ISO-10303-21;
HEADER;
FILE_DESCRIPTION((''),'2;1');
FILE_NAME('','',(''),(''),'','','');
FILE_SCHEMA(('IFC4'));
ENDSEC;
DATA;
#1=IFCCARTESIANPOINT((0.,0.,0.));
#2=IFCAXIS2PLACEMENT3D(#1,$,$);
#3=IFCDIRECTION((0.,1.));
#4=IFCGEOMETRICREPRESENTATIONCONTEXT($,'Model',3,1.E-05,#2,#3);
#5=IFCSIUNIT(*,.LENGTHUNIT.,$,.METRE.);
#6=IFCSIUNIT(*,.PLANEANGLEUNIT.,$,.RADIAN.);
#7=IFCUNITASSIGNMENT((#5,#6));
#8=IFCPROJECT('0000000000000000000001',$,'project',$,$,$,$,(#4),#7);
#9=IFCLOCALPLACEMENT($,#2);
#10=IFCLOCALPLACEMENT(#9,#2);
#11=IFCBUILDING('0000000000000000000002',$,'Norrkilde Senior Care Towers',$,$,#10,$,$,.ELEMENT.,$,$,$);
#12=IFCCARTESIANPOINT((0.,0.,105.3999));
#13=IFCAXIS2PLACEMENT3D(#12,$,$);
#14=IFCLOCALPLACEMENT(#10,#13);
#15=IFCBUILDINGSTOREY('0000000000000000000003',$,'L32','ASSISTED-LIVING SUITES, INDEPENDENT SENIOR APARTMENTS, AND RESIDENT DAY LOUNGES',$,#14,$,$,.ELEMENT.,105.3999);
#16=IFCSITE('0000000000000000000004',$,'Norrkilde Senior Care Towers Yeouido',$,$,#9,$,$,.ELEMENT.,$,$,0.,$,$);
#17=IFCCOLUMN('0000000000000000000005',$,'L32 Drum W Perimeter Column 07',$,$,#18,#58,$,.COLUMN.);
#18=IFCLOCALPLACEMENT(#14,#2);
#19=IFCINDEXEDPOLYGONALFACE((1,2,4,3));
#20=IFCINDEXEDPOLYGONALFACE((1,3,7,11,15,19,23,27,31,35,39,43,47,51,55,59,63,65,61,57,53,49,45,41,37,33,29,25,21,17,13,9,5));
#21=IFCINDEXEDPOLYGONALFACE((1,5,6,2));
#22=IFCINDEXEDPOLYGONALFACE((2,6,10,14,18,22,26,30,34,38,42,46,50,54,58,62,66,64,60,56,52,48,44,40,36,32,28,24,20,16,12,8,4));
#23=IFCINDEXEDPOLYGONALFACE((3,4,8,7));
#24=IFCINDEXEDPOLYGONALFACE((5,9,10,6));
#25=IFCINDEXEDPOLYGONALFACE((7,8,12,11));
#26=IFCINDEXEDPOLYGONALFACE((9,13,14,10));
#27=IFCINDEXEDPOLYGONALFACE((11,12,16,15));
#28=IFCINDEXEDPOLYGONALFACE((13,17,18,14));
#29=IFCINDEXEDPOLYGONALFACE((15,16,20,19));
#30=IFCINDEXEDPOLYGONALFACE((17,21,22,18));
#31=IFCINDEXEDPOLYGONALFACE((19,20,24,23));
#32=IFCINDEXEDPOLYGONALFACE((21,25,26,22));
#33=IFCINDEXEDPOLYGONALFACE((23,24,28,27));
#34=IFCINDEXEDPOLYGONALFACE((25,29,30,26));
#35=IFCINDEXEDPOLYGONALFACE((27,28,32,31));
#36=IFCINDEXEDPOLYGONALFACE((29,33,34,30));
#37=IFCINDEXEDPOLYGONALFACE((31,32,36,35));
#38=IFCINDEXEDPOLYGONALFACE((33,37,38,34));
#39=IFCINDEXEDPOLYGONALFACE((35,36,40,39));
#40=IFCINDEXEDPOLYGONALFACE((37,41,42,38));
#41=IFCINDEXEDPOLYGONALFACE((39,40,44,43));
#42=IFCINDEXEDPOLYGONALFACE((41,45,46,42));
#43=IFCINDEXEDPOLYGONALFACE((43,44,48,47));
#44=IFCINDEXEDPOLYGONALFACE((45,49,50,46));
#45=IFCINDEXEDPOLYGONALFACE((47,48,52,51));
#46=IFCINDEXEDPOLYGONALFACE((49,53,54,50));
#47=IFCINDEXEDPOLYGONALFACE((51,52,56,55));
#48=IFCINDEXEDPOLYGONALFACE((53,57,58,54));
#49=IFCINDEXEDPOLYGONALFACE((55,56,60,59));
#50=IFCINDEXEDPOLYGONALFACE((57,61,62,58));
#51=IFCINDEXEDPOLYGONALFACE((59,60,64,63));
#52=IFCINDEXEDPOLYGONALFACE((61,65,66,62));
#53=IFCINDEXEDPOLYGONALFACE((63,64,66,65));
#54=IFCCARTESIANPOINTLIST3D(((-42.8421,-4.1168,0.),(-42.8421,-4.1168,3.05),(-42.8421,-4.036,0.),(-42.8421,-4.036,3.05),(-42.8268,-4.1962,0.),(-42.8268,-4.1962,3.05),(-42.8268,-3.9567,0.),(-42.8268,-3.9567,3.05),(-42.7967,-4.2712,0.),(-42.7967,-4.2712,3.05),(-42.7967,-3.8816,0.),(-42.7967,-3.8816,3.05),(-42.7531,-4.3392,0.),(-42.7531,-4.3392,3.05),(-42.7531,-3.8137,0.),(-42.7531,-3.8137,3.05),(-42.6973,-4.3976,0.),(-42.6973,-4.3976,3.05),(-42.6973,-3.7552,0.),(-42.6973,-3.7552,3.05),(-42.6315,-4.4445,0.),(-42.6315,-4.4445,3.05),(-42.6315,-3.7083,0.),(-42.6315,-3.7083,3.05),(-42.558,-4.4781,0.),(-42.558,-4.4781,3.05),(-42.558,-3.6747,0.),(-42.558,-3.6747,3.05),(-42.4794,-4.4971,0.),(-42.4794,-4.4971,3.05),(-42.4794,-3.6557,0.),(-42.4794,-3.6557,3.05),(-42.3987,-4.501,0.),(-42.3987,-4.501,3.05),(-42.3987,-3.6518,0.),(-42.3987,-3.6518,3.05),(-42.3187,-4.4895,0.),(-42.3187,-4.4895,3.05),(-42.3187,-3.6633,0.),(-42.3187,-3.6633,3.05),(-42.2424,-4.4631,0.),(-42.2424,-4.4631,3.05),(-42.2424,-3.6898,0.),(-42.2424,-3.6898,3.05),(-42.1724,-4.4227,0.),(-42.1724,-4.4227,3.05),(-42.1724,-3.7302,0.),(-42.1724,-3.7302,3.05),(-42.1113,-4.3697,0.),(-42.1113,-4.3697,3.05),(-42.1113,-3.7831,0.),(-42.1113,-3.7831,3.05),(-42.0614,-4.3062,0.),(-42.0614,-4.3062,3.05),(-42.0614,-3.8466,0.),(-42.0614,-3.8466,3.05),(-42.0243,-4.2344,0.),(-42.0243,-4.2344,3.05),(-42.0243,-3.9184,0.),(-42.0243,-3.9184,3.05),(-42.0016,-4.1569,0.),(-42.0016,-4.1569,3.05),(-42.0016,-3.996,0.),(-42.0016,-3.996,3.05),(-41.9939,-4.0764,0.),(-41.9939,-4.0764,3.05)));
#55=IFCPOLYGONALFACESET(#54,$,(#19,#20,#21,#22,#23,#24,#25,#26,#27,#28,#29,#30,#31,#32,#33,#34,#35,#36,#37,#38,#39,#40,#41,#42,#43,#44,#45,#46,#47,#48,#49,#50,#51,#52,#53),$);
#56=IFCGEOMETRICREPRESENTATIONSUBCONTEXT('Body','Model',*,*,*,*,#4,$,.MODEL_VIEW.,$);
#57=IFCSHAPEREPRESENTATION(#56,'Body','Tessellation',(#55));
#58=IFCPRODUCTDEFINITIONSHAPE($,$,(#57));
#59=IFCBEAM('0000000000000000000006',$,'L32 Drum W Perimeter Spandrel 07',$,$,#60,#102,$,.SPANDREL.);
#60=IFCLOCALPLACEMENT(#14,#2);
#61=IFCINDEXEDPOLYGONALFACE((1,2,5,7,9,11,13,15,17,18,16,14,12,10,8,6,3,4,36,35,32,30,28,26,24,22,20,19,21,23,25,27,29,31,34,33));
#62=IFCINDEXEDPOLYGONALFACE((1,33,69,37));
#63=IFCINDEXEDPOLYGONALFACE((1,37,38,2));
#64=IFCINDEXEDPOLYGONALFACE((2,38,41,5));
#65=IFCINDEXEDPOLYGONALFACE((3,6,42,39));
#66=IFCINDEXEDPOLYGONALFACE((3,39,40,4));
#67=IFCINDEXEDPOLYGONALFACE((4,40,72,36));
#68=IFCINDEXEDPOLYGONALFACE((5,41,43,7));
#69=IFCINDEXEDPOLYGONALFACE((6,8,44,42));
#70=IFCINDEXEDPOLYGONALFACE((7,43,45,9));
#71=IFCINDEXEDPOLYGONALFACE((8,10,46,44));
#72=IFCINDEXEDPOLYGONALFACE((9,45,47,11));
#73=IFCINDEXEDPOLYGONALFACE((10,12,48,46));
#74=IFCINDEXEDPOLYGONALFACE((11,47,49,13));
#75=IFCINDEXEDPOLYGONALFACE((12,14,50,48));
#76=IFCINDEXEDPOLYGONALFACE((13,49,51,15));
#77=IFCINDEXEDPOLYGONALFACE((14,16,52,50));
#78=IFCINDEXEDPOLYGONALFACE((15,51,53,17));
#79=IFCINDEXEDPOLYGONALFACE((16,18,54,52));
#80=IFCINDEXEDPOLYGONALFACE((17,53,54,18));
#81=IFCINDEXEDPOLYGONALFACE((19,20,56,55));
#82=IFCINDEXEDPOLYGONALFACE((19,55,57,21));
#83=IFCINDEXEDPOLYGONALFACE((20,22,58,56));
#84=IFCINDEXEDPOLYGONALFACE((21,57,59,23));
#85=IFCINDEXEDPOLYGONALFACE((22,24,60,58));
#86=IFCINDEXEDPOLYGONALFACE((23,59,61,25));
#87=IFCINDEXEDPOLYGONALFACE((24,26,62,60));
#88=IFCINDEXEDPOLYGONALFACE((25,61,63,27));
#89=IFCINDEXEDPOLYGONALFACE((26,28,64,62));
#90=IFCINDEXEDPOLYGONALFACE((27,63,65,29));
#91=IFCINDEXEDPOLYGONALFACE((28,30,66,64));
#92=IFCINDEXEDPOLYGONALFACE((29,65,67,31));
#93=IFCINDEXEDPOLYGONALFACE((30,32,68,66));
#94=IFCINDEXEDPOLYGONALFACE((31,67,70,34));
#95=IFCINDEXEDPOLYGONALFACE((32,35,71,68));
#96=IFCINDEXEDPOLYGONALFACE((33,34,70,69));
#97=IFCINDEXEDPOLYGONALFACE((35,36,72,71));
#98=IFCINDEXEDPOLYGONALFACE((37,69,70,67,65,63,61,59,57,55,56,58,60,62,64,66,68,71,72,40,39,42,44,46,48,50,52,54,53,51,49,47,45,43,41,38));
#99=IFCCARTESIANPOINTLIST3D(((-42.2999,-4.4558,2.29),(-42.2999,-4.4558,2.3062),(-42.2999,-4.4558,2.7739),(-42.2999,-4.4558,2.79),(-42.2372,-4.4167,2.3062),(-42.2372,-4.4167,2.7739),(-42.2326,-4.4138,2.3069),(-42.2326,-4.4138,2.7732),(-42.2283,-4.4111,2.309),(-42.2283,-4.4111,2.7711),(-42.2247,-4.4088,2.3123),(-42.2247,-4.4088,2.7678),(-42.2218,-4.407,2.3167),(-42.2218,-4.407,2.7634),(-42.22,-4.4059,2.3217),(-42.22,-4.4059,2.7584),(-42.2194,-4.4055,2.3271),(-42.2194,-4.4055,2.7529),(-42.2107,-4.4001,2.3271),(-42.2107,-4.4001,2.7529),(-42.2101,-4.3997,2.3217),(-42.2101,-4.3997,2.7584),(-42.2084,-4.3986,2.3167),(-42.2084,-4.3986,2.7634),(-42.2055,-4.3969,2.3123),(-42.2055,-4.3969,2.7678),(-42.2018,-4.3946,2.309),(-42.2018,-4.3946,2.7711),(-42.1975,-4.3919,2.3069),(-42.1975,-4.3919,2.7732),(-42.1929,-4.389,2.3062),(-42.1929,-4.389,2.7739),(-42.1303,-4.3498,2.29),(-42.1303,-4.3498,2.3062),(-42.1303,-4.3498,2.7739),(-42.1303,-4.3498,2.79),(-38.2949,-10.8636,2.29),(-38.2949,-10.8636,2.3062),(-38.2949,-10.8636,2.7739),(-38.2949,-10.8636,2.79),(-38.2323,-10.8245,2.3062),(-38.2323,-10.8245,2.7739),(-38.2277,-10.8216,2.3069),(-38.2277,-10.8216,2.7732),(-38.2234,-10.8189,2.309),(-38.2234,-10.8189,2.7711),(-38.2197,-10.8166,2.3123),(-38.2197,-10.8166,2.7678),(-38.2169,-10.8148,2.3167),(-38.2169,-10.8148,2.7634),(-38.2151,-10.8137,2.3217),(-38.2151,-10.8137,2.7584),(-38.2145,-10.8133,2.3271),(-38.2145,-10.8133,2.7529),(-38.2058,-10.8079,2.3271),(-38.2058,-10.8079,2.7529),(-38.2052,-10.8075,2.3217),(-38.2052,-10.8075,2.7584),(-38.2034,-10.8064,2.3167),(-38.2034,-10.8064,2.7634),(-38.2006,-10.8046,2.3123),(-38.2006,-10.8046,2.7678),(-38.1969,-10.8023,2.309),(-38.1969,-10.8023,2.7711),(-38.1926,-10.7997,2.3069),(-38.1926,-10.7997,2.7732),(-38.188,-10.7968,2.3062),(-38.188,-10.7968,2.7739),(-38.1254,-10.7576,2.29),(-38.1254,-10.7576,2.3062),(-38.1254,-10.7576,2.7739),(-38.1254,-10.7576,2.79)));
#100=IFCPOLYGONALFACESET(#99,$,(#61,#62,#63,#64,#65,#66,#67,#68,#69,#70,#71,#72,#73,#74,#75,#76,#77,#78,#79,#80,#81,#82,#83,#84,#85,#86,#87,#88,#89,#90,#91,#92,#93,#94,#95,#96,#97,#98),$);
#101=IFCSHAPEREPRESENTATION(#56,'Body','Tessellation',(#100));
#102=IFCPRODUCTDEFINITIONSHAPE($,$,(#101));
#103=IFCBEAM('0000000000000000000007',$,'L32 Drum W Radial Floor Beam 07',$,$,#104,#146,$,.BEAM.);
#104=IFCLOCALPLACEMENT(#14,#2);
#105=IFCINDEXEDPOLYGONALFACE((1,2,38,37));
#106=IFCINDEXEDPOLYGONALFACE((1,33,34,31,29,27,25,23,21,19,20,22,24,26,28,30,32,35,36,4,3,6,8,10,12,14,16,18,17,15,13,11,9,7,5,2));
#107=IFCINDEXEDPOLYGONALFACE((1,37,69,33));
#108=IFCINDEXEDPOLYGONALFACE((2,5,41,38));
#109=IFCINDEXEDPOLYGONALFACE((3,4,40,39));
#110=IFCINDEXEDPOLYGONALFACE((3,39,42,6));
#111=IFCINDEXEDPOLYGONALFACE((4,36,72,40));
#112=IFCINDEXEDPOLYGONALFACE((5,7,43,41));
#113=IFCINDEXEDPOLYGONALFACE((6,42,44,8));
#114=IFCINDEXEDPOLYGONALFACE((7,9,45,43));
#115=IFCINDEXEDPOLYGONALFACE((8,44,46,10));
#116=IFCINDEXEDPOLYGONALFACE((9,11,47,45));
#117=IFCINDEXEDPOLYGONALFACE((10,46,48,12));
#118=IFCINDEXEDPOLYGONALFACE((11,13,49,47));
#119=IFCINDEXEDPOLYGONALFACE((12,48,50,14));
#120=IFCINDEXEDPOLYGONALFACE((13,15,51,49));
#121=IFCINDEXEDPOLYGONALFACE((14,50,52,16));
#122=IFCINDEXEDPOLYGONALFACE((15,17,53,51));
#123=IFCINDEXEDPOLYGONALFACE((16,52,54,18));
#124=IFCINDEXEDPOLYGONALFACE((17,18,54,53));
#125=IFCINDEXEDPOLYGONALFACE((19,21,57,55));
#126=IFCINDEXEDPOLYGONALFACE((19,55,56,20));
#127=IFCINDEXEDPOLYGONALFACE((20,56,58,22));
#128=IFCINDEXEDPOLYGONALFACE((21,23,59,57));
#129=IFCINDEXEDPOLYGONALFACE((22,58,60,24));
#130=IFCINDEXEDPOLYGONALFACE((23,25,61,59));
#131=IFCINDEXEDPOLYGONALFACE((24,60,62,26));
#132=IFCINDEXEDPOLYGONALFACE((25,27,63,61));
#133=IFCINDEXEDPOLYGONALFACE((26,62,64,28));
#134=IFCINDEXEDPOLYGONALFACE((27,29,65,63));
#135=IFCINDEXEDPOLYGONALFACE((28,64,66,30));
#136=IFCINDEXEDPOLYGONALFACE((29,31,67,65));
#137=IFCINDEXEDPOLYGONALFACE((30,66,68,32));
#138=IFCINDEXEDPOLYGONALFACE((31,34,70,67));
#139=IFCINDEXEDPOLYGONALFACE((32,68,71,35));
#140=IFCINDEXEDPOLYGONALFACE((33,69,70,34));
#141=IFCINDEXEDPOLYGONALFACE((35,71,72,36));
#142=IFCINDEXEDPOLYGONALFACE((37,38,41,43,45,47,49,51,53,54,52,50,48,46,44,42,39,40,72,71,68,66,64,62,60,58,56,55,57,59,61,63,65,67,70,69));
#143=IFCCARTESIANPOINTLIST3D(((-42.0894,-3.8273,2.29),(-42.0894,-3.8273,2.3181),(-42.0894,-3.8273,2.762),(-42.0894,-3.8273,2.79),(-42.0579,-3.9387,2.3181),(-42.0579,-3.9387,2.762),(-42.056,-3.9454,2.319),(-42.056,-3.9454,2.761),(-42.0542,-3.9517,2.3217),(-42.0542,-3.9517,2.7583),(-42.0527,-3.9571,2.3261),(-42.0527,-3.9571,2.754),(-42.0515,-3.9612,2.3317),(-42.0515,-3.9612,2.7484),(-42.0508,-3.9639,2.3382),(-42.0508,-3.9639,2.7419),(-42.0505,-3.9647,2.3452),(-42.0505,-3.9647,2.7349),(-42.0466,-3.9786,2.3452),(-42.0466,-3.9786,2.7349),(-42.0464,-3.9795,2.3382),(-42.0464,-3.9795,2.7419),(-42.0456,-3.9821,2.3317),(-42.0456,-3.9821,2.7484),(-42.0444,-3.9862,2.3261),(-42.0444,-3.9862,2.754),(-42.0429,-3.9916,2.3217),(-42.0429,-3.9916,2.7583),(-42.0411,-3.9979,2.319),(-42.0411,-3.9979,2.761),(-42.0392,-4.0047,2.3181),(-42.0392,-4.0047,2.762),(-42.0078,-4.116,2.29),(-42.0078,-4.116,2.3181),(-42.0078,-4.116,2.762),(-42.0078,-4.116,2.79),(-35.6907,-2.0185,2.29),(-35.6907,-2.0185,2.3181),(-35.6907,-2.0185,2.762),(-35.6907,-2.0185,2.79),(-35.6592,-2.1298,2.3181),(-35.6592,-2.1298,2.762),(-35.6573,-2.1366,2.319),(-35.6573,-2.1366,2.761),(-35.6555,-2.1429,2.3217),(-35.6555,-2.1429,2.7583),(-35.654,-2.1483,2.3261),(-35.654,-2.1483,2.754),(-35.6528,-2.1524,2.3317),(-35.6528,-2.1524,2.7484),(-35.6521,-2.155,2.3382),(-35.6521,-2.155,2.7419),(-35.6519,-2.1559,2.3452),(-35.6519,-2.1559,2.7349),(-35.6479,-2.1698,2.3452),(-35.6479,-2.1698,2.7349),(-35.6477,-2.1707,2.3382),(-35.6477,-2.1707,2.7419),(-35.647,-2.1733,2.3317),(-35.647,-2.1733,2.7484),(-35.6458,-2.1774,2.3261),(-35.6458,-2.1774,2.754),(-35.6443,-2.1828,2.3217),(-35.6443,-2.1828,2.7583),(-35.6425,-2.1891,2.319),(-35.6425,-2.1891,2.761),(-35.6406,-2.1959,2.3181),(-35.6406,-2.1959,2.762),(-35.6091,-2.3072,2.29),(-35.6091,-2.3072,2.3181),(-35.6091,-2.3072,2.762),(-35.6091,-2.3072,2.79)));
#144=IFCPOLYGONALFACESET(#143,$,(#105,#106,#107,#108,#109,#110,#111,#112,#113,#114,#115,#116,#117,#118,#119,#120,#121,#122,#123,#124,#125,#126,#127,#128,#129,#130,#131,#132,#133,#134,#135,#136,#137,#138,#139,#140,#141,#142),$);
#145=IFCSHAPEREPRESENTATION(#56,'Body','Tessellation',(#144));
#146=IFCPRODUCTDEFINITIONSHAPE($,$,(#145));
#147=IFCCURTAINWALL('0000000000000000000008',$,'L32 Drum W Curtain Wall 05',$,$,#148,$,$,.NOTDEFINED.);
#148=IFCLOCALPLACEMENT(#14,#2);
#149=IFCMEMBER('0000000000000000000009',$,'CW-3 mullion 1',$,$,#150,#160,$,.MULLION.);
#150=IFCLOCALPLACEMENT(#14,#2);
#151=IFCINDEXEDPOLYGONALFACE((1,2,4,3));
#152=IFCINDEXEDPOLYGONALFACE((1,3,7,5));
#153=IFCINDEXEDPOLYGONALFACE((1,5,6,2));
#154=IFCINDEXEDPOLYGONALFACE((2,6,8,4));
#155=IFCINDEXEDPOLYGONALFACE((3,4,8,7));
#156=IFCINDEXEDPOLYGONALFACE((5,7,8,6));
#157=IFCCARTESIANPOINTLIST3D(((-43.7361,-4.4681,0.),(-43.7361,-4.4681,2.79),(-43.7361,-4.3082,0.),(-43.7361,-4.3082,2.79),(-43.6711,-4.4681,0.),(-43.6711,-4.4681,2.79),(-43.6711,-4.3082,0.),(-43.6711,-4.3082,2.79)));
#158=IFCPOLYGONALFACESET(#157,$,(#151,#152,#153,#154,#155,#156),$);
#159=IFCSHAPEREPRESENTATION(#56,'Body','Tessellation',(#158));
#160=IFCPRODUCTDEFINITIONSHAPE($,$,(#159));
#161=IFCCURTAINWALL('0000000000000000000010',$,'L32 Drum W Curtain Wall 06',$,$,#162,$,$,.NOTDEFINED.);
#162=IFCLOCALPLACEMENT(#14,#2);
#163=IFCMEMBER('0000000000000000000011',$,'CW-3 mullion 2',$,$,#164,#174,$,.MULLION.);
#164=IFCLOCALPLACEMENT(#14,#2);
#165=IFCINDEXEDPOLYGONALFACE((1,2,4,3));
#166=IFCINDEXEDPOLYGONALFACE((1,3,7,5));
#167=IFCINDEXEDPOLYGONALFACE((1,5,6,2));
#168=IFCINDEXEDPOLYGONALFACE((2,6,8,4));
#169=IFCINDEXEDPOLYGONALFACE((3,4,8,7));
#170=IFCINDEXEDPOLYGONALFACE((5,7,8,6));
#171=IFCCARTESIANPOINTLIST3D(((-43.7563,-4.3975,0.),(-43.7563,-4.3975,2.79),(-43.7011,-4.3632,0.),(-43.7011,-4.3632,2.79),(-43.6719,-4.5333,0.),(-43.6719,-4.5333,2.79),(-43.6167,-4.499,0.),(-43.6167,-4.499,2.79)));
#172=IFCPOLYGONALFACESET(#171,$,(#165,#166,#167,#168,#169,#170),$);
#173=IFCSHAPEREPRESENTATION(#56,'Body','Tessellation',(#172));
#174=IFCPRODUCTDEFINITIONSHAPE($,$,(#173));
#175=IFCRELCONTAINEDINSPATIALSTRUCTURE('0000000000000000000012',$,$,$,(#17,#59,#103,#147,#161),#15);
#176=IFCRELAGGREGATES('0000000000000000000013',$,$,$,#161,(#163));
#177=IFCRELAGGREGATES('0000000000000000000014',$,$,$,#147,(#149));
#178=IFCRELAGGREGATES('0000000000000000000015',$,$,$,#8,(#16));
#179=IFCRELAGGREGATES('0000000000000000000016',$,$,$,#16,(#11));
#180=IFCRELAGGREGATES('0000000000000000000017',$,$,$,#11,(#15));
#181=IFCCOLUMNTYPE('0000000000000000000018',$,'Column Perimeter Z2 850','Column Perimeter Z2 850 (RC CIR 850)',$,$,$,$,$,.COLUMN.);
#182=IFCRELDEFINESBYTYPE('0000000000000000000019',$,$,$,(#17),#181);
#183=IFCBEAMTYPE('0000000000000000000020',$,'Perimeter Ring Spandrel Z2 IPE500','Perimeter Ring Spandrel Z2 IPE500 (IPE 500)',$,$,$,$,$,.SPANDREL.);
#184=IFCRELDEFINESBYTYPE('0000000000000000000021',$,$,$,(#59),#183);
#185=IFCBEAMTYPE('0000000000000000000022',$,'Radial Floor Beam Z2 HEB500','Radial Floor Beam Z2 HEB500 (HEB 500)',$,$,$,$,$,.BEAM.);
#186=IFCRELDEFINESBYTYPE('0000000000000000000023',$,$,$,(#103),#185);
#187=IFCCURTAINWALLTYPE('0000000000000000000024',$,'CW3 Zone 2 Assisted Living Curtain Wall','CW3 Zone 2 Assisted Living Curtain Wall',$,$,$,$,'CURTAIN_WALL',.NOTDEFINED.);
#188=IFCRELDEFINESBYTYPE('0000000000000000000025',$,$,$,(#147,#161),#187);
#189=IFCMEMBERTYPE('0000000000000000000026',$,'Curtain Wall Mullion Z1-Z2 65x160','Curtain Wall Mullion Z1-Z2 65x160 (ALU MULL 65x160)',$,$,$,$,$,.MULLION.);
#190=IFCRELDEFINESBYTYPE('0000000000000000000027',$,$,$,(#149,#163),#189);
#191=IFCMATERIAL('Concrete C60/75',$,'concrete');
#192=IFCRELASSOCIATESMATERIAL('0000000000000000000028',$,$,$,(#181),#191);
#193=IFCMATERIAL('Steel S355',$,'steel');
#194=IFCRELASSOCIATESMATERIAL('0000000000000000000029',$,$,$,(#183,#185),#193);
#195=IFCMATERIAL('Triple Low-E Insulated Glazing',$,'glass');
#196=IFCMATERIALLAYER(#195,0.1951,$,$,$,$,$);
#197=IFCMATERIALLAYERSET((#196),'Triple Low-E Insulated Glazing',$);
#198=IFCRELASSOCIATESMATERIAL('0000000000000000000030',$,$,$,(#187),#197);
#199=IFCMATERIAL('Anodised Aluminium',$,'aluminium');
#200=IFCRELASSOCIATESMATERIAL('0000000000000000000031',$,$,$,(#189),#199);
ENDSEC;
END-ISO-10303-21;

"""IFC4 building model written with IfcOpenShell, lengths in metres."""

from ifc_helpers import new_model, si_unit, direction, frame, origin, origin_2d, place, context, subcontext, project, spatial, rectangle, circle, i_section, extrude, source, transform, mapped, material, layer, layer_set, material_profile, profile_set, type_object, type_shapes, element, aggregate, save


model = new_model("IFC4")

# Units and contexts
model_context = context("Model", 3, precision=1e-05, world=origin(), true_north=direction((0.0, 1.0)))
body_context = subcontext(model_context, "Body", "Model", "MODEL_VIEW")
ifc_project = project(units=[si_unit("LENGTHUNIT", "METRE"), si_unit("PLANEANGLEUNIT", "RADIAN")], contexts=[model_context])

# Site, building, storey
site_placement = place(None, origin())
site = spatial("IfcSite", under=ifc_project, at=site_placement, Name="Norrkilde Senior Care Towers Yeouido", CompositionType="ELEMENT", RefElevation=0.0)
building_placement = place(site_placement, origin())
building = spatial("IfcBuilding", under=site, at=building_placement, Name="Norrkilde Senior Care Towers", CompositionType="ELEMENT")
storey_placement = place(building_placement, frame((0.0, 0.0, 105.3999)))
storey = spatial("IfcBuildingStorey", under=building, at=storey_placement, Name="L32", Description="ASSISTED-LIVING SUITES, INDEPENDENT SENIOR APARTMENTS, AND RESIDENT DAY LOUNGES", CompositionType="ELEMENT", Elevation=105.3999)

# Column
ifc_material_1 = material(Name="Concrete C60/75", Category="concrete")
ifc_material_profile_1 = material_profile(ifc_material_1, circle(Radius=0.425, at=origin_2d()), Name="RC CIR 850")
ifc_profile_set_1 = profile_set([ifc_material_profile_1], Name="Concrete C60/75")
column_type = type_object("IfcColumnType", Name="Column Perimeter Z2 850", Description="Column Perimeter Z2 850 (RC CIR 850)", PredefinedType="COLUMN", material=ifc_profile_set_1)
shared_shape_1 = source(origin(), body_context, "Body", "SweptSolid", [
    extrude(circle(Radius=0.425, at=origin_2d()), origin(), (0.0, 0.0, 1.0), 3.05),
])
type_shapes(column_type, [shared_shape_1])
column_placement = place(storey_placement, frame((-42.4189, -4.0764, 0.0), z_axis=(0.0, 0.0, 1.0), x_axis=(1.0, 0.0, 0.0)))
element("IfcColumn", 1, at=column_placement, inside=storey, type_object=column_type, Name="L32 Drum W Perimeter Column 07", PredefinedType="COLUMN", context=body_context, shape_type="MappedRepresentation", body=[
    mapped(shared_shape_1, transform((0.0, 0.0, 0.0), x_axis=(1.0, 0.0, 0.0), y_axis=(0.0, 1.0, 0.0), z_axis=(0.0, 0.0, 1.0), scale=1.0)),
])

# Beams
ifc_material_2 = material(Name="Steel S355", Category="steel")
ifc_material_profile_2 = material_profile(ifc_material_2, i_section(OverallWidth=0.2, OverallDepth=0.5, WebThickness=0.0103, FlangeThickness=0.0161, FilletRadius=0.021, at=origin_2d()), Name="IPE 500")
ifc_profile_set_2 = profile_set([ifc_material_profile_2], Name="Steel S355")
beam_type_1 = type_object("IfcBeamType", Name="Perimeter Ring Spandrel Z2 IPE500", Description="Perimeter Ring Spandrel Z2 IPE500 (IPE 500)", PredefinedType="SPANDREL", material=ifc_profile_set_2)
shared_shape_2 = source(origin(), body_context, "Body", "SweptSolid", [
    extrude(i_section(OverallWidth=0.2, OverallDepth=0.5, WebThickness=0.0103, FlangeThickness=0.0161, FilletRadius=0.021, at=origin_2d()), origin(), (0.0, 0.0, 1.0), 7.5564),
])
type_shapes(beam_type_1, [shared_shape_2])
beam_1_placement = place(storey_placement, frame((-42.2151, -4.4028, 2.54), z_axis=(0.530005, -0.847995, 0.0), x_axis=(0.847995, 0.530005, 0.0)))
element("IfcBeam", 2, at=beam_1_placement, inside=storey, type_object=beam_type_1, Name="L32 Drum W Perimeter Spandrel 07", PredefinedType="SPANDREL", context=body_context, shape_type="MappedRepresentation", body=[
    mapped(shared_shape_2, transform((0.0, 0.0, 0.0), x_axis=(1.0, 0.0, 0.0), y_axis=(0.0, 1.0, 0.0), z_axis=(0.0, 0.0, 1.0), scale=1.0)),
])
ifc_material_profile_3 = material_profile(ifc_material_2, i_section(OverallWidth=0.3, OverallDepth=0.5, WebThickness=0.0144, FlangeThickness=0.0281, FilletRadius=0.0271, at=origin_2d()), Name="HEB 500")
ifc_profile_set_3 = profile_set([ifc_material_profile_3], Name="Steel S355")
beam_type_2 = type_object("IfcBeamType", Name="Radial Floor Beam Z2 HEB500", Description="Radial Floor Beam Z2 HEB500 (HEB 500)", PredefinedType="BEAM", material=ifc_profile_set_3)
shared_shape_3 = source(origin(), body_context, "Body", "SweptSolid", [
    extrude(i_section(OverallWidth=0.3, OverallDepth=0.5, WebThickness=0.0144, FlangeThickness=0.0281, FilletRadius=0.0271, at=origin_2d()), origin(), (0.0, 0.0, 1.0), 6.6494),
])
type_shapes(beam_type_2, [shared_shape_3])
beam_2_placement = place(storey_placement, frame((-35.6499, -2.1628, 2.54), z_axis=(-0.962289, -0.272029, 0.0), x_axis=(0.272029, -0.962289, 0.0)))
element("IfcBeam", 3, at=beam_2_placement, inside=storey, type_object=beam_type_2, Name="L32 Drum W Radial Floor Beam 07", PredefinedType="BEAM", context=body_context, shape_type="MappedRepresentation", body=[
    mapped(shared_shape_3, transform((0.0, 0.0, 0.0), x_axis=(1.0, 0.0, 0.0), y_axis=(0.0, 1.0, 0.0), z_axis=(0.0, 0.0, 1.0), scale=1.0)),
])

# Curtain walls, members
ifc_material_3 = material(Name="Triple Low-E Insulated Glazing", Category="glass")
ifc_layer_1 = layer(ifc_material_3, 0.1951)
ifc_layer_set_1 = layer_set([ifc_layer_1], Name="Triple Low-E Insulated Glazing")
curtain_wall_type = type_object("IfcCurtainWallType", Name="CW3 Zone 2 Assisted Living Curtain Wall", Description="CW3 Zone 2 Assisted Living Curtain Wall", ElementType="CURTAIN_WALL", PredefinedType="NOTDEFINED", material=ifc_layer_set_1)
curtain_wall_1_placement = place(storey_placement, origin())
curtain_wall_1 = element("IfcCurtainWall", 4, at=curtain_wall_1_placement, inside=storey, type_object=curtain_wall_type, Name="L32 Drum W Curtain Wall 05", PredefinedType="NOTDEFINED")
ifc_material_4 = material(Name="Anodised Aluminium", Category="aluminium")
ifc_material_profile_4 = material_profile(ifc_material_4, rectangle(XDim=0.0649, YDim=0.1599, at=origin_2d()), Name="ALU MULL 65x160")
ifc_profile_set_4 = profile_set([ifc_material_profile_4], Name="Anodised Aluminium")
member_type_1 = type_object("IfcMemberType", Name="Curtain Wall Mullion Z1-Z2 65x160", Description="Curtain Wall Mullion Z1-Z2 65x160 (ALU MULL 65x160)", PredefinedType="MULLION", material=ifc_profile_set_4)
shared_shape_4 = source(origin(), body_context, "Body", "SweptSolid", [
    extrude(rectangle(XDim=0.0649, YDim=0.1599, at=origin_2d()), origin(), (0.0, 0.0, 1.0), 2.79),
])
type_shapes(member_type_1, [shared_shape_4])
member_1_placement = place(storey_placement, frame((-43.7036, -4.3882, 0.0), z_axis=(0.0, 0.0, 1.0), x_axis=(-1.0, 0.0, 0.0)))
member_1 = element("IfcMember", 5, at=member_1_placement, type_object=member_type_1, Name="CW-3 mullion 1", PredefinedType="MULLION", context=body_context, shape_type="MappedRepresentation", body=[
    mapped(shared_shape_4, transform((0.0, 0.0, 0.0), x_axis=(1.0, 0.0, 0.0), y_axis=(0.0, 1.0, 0.0), z_axis=(0.0, 0.0, 1.0), scale=1.0)),
])
curtain_wall_2_placement = place(storey_placement, origin())
curtain_wall_2 = element("IfcCurtainWall", 6, at=curtain_wall_2_placement, inside=storey, type_object=curtain_wall_type, Name="L32 Drum W Curtain Wall 06", PredefinedType="NOTDEFINED")
member_2_placement = place(storey_placement, frame((-43.6865, -4.4482, 0.0), z_axis=(0.0, 0.0, 1.0), x_axis=(-0.84941, -0.527733, 0.0)))
member_2 = element("IfcMember", 7, at=member_2_placement, type_object=member_type_1, Name="CW-3 mullion 2", PredefinedType="MULLION", context=body_context, shape_type="MappedRepresentation", body=[
    mapped(shared_shape_4, transform((0.0, 0.0, 0.0), x_axis=(1.0, 0.0, 0.0), y_axis=(0.0, 1.0, 0.0), z_axis=(0.0, 0.0, 1.0), scale=1.0)),
])
aggregate(curtain_wall_2, [member_2])

aggregate(curtain_wall_1, [member_1])

save(model, "model.ifc")
